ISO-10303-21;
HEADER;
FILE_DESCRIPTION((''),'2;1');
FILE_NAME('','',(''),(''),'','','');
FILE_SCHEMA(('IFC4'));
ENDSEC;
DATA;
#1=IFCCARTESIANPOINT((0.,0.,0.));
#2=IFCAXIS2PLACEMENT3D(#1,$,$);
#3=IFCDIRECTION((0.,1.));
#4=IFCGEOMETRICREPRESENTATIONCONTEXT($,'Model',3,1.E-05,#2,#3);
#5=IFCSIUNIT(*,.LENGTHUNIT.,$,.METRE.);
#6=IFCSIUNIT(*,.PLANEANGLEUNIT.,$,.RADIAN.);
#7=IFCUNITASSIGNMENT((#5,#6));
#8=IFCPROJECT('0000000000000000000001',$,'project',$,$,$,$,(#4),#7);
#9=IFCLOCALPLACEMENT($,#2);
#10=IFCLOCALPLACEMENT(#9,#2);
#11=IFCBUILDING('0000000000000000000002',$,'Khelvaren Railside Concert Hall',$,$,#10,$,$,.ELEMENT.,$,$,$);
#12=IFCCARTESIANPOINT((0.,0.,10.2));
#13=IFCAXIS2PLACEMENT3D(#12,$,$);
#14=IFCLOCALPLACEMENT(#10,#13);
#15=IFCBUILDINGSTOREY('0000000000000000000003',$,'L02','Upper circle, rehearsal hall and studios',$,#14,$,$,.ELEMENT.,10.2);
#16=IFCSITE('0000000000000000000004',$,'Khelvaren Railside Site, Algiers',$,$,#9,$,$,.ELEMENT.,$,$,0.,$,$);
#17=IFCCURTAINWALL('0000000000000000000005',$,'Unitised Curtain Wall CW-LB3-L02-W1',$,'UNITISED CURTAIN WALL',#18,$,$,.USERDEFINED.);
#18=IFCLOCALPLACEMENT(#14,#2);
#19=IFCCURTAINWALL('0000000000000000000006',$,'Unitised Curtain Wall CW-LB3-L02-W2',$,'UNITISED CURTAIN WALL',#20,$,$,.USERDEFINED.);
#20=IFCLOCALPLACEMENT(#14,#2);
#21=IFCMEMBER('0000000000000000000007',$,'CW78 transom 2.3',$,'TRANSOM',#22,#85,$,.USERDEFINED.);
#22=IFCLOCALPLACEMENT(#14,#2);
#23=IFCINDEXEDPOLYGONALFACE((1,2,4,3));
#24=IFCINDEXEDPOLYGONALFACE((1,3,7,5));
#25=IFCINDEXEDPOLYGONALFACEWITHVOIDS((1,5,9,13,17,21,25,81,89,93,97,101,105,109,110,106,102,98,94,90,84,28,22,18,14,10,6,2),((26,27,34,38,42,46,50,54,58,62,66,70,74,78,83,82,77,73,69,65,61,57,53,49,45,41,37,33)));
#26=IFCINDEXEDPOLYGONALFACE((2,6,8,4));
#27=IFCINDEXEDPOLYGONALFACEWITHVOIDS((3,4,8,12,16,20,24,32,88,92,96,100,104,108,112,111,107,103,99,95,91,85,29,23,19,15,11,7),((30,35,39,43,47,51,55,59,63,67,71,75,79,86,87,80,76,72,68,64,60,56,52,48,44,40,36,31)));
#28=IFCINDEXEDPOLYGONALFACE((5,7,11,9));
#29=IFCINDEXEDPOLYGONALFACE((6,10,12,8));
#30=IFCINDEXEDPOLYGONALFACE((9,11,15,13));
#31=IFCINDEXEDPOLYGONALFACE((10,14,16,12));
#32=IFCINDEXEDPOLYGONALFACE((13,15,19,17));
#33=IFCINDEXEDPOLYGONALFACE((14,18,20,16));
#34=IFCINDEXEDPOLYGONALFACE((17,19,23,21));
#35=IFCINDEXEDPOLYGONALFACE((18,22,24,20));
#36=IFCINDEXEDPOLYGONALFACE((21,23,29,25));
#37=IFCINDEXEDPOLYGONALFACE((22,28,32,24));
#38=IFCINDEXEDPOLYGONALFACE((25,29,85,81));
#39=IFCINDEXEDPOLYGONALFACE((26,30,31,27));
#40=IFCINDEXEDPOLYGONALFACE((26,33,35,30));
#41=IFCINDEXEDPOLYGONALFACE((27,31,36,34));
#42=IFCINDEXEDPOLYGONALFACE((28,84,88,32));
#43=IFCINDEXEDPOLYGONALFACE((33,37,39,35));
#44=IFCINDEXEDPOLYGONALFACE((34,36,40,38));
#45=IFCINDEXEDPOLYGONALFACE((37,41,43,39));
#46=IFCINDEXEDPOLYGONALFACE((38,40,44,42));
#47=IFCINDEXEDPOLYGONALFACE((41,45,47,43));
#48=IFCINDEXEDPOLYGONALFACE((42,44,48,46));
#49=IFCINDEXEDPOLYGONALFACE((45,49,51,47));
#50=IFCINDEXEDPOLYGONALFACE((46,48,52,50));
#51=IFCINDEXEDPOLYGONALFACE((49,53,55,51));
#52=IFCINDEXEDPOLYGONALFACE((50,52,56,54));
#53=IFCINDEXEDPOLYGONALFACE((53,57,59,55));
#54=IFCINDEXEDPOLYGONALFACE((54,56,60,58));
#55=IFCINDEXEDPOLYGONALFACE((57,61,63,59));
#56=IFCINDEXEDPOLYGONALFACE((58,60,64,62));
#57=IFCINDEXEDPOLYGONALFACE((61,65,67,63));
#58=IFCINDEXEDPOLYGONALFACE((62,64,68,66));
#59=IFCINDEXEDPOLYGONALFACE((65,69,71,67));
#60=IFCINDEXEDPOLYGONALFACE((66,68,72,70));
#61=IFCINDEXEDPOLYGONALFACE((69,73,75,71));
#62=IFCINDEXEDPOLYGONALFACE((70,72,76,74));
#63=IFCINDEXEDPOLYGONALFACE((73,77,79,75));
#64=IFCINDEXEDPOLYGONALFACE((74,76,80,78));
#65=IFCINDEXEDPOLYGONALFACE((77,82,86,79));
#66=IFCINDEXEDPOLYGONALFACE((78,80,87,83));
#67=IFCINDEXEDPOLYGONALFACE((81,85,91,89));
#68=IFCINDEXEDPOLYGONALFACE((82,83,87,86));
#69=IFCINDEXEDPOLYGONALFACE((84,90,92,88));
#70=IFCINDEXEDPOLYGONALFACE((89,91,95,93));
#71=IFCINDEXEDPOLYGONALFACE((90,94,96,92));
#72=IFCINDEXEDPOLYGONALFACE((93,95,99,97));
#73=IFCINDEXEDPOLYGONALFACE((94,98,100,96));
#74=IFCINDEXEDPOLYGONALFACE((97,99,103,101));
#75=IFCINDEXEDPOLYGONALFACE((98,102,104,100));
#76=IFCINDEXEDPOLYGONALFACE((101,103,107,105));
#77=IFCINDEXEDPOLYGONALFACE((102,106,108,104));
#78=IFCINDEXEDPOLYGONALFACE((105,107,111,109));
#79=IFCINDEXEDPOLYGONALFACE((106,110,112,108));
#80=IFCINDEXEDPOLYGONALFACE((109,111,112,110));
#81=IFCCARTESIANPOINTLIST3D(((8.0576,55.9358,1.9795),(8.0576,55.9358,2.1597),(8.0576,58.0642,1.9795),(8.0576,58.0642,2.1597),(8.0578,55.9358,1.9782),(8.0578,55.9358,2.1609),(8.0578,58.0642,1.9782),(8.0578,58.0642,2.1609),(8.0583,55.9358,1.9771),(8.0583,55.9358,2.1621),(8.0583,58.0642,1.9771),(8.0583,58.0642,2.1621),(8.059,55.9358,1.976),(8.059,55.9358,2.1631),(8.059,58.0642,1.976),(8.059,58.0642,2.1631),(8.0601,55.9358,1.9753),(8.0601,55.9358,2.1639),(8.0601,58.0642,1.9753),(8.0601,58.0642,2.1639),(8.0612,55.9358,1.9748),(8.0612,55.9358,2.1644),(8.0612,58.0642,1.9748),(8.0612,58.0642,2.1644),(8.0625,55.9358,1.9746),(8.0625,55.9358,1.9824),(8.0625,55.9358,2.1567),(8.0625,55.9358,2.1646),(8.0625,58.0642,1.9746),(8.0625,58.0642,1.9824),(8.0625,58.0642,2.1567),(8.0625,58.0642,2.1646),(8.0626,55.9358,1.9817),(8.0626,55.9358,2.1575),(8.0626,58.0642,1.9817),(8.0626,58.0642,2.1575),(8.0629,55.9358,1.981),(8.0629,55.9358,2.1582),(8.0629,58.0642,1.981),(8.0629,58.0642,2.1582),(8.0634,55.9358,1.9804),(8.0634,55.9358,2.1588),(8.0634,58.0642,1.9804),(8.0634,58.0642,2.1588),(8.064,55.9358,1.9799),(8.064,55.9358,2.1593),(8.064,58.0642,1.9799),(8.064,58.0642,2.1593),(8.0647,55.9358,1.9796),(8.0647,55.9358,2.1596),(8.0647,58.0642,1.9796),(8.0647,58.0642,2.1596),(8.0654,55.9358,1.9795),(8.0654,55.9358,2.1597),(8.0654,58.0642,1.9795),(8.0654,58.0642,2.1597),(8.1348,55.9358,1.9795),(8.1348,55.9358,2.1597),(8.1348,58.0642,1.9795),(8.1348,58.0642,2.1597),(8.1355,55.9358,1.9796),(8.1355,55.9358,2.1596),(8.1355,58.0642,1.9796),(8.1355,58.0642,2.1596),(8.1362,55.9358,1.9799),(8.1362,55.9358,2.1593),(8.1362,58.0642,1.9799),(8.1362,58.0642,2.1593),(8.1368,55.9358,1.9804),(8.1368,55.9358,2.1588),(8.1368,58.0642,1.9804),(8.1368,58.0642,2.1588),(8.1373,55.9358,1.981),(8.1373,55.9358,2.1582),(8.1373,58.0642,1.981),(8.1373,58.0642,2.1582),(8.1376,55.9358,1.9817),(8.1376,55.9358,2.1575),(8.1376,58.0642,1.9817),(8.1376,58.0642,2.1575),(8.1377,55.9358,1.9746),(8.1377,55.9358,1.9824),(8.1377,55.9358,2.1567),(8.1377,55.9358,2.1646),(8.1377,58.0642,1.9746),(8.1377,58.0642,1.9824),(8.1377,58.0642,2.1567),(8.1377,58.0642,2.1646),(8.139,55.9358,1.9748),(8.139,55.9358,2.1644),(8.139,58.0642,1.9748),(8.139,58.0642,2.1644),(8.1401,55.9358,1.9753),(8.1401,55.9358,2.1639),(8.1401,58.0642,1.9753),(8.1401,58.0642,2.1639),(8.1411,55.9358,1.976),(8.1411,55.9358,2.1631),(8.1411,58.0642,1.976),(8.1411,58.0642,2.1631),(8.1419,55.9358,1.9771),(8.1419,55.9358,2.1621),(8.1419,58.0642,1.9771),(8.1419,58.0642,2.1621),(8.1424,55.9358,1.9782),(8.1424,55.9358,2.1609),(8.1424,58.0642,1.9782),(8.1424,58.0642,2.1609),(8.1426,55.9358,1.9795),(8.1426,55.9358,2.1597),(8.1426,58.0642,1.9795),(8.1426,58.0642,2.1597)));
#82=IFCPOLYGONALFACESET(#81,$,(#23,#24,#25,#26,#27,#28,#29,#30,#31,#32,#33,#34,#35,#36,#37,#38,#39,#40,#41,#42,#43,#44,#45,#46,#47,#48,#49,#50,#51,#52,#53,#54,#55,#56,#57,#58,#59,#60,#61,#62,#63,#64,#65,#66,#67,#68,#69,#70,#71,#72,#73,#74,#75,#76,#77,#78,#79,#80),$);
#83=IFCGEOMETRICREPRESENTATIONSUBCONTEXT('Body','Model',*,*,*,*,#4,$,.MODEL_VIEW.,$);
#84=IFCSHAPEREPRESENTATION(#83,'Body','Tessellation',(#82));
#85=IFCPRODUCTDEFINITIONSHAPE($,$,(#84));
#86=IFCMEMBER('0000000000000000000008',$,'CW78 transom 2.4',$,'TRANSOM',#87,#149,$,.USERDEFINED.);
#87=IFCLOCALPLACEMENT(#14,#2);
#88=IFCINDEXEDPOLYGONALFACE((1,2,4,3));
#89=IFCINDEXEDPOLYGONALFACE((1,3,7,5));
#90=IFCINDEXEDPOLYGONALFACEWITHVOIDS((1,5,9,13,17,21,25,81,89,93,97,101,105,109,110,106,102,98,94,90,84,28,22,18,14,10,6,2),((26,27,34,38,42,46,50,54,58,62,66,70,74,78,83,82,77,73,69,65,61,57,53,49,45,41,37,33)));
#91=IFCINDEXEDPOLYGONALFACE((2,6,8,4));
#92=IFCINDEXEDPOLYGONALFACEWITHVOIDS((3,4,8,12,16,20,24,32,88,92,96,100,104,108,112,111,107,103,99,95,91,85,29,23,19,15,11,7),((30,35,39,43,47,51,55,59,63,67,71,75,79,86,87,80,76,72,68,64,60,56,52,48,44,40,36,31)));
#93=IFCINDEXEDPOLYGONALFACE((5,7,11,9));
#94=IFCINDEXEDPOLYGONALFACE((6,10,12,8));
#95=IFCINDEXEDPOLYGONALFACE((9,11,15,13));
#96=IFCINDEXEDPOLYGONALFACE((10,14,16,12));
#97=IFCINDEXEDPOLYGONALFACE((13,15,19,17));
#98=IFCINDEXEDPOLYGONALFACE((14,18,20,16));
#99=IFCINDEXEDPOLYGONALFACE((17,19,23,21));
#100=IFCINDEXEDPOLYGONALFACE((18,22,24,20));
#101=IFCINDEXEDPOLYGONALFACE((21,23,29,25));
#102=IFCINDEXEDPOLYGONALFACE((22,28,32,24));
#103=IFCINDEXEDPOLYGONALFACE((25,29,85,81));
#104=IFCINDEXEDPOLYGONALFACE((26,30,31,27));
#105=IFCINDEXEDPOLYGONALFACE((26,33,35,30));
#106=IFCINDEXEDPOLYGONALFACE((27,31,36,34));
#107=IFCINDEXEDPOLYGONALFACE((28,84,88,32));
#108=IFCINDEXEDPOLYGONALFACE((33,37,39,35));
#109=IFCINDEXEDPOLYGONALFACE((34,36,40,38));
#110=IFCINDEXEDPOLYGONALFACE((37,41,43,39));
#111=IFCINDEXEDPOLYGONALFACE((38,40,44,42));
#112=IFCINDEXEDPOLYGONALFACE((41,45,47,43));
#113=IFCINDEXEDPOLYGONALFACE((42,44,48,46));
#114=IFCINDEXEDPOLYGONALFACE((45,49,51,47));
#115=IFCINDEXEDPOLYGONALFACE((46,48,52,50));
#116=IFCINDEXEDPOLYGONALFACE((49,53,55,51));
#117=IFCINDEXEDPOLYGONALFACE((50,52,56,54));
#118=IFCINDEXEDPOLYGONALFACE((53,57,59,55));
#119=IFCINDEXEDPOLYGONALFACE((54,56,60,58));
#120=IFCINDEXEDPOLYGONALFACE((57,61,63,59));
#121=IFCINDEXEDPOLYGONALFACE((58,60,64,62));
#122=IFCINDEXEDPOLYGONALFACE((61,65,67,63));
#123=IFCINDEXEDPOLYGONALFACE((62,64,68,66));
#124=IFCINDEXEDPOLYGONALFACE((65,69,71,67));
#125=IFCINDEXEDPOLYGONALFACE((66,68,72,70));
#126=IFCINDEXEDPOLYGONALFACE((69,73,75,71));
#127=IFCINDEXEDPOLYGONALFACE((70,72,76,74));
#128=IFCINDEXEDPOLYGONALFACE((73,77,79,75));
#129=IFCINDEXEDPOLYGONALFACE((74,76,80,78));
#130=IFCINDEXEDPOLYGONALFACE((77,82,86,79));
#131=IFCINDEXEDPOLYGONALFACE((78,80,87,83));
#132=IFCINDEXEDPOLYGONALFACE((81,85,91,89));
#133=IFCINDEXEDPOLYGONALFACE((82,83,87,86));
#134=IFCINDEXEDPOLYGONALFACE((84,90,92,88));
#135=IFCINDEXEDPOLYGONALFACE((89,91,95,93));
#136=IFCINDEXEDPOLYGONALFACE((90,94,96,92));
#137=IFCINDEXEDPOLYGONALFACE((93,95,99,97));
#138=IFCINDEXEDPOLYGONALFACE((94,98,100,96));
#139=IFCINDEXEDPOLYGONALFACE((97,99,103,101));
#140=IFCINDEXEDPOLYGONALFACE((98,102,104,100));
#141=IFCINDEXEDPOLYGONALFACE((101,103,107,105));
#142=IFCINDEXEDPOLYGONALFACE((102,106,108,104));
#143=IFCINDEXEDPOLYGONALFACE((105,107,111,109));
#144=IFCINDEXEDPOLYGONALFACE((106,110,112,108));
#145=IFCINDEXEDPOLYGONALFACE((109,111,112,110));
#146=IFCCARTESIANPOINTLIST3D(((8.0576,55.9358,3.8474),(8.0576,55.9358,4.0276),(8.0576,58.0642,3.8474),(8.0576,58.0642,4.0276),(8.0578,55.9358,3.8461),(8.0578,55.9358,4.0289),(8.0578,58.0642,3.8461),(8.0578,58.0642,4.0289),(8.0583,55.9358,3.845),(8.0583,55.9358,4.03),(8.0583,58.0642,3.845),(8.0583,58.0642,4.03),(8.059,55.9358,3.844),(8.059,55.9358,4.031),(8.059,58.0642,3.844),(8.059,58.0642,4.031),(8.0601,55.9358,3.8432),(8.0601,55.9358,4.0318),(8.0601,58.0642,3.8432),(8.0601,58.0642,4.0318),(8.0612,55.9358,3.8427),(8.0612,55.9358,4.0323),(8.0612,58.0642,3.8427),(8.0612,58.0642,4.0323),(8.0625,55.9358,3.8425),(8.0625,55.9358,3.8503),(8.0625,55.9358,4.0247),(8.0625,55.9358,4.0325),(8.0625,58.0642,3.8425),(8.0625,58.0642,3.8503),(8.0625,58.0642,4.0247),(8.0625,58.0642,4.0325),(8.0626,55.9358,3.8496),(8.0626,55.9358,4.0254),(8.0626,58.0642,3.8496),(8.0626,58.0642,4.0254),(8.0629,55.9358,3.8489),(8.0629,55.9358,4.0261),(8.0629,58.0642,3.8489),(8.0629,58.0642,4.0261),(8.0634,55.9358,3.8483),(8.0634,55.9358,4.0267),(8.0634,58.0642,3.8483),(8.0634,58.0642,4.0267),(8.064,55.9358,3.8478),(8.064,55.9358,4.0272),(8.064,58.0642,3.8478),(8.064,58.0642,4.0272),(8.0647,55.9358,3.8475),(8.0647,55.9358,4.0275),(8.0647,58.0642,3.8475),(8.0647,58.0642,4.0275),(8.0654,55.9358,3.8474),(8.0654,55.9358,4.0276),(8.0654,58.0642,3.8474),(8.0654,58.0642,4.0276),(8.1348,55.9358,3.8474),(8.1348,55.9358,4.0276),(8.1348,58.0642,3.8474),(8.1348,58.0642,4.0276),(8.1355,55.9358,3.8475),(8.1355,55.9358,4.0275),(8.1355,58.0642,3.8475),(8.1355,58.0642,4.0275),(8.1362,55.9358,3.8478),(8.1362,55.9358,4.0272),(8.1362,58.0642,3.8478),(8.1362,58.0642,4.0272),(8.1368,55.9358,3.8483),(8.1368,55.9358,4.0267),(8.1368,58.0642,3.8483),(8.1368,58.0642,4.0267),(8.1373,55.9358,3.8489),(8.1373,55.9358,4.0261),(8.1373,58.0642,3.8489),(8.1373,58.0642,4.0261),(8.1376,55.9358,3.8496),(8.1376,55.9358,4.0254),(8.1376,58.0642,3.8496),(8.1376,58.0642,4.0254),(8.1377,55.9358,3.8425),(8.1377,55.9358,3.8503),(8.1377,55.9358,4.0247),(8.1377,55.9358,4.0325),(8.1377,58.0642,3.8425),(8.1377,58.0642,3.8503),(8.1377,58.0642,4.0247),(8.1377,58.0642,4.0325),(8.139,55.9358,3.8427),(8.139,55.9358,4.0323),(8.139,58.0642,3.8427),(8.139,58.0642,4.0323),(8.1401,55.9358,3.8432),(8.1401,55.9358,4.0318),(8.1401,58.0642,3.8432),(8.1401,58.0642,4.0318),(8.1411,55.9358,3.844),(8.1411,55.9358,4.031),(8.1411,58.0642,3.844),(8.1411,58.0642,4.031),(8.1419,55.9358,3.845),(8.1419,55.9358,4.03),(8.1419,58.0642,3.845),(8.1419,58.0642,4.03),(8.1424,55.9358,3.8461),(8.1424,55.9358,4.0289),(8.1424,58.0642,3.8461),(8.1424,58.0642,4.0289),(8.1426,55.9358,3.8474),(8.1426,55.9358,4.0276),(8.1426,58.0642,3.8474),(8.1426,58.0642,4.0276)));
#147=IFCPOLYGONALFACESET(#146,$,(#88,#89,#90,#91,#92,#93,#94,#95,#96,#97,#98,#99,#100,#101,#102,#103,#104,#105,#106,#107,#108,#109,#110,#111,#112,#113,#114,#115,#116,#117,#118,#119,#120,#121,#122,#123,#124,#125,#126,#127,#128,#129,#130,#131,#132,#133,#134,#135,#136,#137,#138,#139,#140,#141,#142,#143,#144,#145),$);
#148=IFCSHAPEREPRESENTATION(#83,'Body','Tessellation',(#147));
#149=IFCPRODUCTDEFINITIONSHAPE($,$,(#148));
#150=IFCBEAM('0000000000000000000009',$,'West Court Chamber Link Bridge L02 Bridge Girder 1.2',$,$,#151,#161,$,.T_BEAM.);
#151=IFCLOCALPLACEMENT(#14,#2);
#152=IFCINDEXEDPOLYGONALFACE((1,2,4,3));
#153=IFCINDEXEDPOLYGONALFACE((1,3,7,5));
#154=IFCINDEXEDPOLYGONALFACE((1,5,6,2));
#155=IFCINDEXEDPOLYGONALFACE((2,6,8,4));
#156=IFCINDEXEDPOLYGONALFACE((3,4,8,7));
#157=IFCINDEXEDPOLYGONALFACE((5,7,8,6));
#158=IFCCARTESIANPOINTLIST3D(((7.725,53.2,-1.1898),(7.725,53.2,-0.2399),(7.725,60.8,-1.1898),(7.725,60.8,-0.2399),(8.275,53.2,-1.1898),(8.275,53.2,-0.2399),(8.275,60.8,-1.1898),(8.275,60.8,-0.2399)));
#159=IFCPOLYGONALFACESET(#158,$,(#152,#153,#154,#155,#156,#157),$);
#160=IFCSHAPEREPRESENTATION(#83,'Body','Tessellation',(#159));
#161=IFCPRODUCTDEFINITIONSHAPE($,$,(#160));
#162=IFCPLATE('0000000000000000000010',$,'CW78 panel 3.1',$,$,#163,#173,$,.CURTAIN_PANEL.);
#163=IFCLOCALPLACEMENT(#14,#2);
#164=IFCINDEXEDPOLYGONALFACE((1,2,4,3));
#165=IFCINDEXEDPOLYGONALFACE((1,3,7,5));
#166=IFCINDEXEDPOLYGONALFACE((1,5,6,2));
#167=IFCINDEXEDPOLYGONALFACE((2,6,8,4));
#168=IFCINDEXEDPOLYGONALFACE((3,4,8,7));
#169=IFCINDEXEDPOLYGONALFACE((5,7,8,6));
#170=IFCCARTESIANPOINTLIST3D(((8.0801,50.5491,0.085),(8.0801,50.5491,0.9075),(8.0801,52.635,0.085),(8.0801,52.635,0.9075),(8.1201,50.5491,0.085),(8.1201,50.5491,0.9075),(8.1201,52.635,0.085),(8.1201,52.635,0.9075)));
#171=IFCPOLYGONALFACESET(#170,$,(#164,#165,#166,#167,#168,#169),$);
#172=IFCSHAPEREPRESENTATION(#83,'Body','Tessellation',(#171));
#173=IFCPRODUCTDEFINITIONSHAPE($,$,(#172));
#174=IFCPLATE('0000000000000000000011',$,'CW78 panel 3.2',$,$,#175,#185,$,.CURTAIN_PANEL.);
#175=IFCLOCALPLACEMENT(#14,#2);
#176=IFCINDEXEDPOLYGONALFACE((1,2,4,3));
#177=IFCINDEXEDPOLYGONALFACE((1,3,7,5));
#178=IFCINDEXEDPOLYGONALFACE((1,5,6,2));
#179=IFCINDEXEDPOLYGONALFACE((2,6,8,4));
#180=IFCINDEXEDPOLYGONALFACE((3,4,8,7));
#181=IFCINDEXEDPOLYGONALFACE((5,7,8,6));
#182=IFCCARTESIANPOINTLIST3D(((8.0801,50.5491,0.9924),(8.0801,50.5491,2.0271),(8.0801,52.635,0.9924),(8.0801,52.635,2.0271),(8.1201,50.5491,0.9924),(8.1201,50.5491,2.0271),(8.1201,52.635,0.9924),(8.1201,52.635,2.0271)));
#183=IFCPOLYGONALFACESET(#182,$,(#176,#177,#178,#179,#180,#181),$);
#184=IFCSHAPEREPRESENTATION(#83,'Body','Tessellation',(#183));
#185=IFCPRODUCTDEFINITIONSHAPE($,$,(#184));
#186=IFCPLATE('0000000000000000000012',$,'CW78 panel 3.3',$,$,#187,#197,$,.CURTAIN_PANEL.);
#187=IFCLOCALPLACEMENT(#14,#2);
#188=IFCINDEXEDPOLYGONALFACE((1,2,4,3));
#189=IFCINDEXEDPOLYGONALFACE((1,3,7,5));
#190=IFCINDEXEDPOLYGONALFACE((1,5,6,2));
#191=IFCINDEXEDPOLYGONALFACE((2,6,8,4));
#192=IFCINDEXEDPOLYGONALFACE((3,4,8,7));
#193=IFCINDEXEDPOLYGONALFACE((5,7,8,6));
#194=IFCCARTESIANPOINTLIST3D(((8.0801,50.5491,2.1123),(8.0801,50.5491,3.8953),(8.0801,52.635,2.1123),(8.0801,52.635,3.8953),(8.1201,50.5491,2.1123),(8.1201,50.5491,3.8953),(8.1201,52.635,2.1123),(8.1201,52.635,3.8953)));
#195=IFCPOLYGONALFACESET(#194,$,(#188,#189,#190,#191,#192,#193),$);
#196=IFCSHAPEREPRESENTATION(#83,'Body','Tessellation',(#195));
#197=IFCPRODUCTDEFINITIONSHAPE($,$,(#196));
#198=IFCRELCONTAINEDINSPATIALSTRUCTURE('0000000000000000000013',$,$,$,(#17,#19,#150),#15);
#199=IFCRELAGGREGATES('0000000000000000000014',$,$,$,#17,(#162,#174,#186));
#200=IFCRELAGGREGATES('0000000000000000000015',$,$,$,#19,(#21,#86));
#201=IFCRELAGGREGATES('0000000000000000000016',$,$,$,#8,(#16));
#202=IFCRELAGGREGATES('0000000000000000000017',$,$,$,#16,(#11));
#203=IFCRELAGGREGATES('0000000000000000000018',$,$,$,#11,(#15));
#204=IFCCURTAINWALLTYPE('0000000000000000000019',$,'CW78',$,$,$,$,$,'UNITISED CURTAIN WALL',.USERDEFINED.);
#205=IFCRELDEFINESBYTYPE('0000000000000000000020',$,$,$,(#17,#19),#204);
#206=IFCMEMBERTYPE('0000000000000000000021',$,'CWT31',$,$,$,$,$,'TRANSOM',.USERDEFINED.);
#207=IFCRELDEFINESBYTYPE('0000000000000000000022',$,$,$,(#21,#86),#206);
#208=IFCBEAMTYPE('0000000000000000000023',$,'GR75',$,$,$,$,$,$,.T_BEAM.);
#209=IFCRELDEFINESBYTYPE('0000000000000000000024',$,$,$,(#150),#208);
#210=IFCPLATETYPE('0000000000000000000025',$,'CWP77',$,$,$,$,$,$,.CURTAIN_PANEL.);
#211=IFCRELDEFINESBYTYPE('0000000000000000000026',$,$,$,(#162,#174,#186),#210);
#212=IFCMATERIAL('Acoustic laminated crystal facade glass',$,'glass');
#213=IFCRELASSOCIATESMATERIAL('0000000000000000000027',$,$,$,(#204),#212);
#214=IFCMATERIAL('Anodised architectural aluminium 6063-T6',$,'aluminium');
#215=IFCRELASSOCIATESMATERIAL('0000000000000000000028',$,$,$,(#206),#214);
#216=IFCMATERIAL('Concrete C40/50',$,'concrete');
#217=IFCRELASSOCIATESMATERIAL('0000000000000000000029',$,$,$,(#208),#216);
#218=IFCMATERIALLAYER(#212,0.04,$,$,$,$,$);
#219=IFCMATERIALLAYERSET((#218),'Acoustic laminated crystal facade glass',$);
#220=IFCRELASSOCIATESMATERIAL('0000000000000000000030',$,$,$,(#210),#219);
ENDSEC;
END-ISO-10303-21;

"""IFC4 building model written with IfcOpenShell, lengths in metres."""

from ifc_helpers import new_model, si_unit, direction, frame, origin, origin_2d, place, context, subcontext, project, spatial, rectangle, hollow_rectangle, extrude, material, layer, layer_set, material_profile, profile_set, type_object, element, aggregate, save


model = new_model("IFC4")

# Units and contexts
model_context = context("Model", 3, precision=1e-05, world=origin(), true_north=direction((0.0, 1.0)))
body_context = subcontext(model_context, "Body", "Model", "MODEL_VIEW")
ifc_project = project(units=[si_unit("LENGTHUNIT", "METRE"), si_unit("PLANEANGLEUNIT", "RADIAN")], contexts=[model_context])

# Site, building, storey
site_placement = place(None, origin())
site = spatial("IfcSite", under=ifc_project, at=site_placement, Name="Khelvaren Railside Site, Algiers", CompositionType="ELEMENT", RefElevation=0.0)
building_placement = place(site_placement, origin())
building = spatial("IfcBuilding", under=site, at=building_placement, Name="Khelvaren Railside Concert Hall", CompositionType="ELEMENT")
storey_placement = place(building_placement, frame((0.0, 0.0, 10.2)))
storey = spatial("IfcBuildingStorey", under=building, at=storey_placement, Name="L02", Description="Upper circle, rehearsal hall and studios", CompositionType="ELEMENT", Elevation=10.2)

# Curtain walls
ifc_material_1 = material(Name="Acoustic laminated crystal facade glass", Category="glass")
curtain_wall_type = type_object("IfcCurtainWallType", Name="CW78", ElementType="UNITISED CURTAIN WALL", PredefinedType="USERDEFINED", material=ifc_material_1)
curtain_wall_1_placement = place(storey_placement, origin())
curtain_wall_1 = element("IfcCurtainWall", 1, at=curtain_wall_1_placement, inside=storey, type_object=curtain_wall_type, Name="Unitised Curtain Wall CW-LB3-L02-W1", ObjectType="UNITISED CURTAIN WALL", PredefinedType="USERDEFINED")
ifc_material_2 = material(Name="Anodised architectural aluminium 6063-T6", Category="aluminium")
curtain_wall_2_placement = place(storey_placement, origin())
curtain_wall_2 = element("IfcCurtainWall", 2, at=curtain_wall_2_placement, inside=storey, type_object=curtain_wall_type, Name="Unitised Curtain Wall CW-LB3-L02-W2", ObjectType="UNITISED CURTAIN WALL", PredefinedType="USERDEFINED")

# Members
ifc_material_profile_1 = material_profile(ifc_material_2, hollow_rectangle(XDim=0.085, YDim=0.1899, WallThickness=0.0049, InnerFilletRadius=0.0029, OuterFilletRadius=0.0049, at=origin_2d()), Name="CWT 85x190x5")
ifc_profile_set_1 = profile_set([ifc_material_profile_1], Name="Anodised architectural aluminium 6063-T6")
member_type_1 = type_object("IfcMemberType", Name="CWT31", ElementType="TRANSOM", PredefinedType="USERDEFINED", material=ifc_profile_set_1)
member_1_placement = place(storey_placement, frame((8.1001, 55.9358, 2.0696), z_axis=(0.0, 1.0, 0.0), x_axis=(-1.0, 0.0, 0.0)))
member_1 = element("IfcMember", 3, at=member_1_placement, type_object=member_type_1, Name="CW78 transom 2.3", ObjectType="TRANSOM", PredefinedType="USERDEFINED", context=body_context, shape_type="SweptSolid", body=[
    extrude(hollow_rectangle(XDim=0.085, YDim=0.1899, WallThickness=0.0049, InnerFilletRadius=0.0029, OuterFilletRadius=0.0049, at=origin_2d()), origin(), (0.0, 0.0, 1.0), 2.1284),
])
member_2_placement = place(storey_placement, frame((8.1001, 55.9358, 3.9375), z_axis=(0.0, 1.0, 0.0), x_axis=(-1.0, 0.0, 0.0)))
member_2 = element("IfcMember", 4, at=member_2_placement, type_object=member_type_1, Name="CW78 transom 2.4", ObjectType="TRANSOM", PredefinedType="USERDEFINED", context=body_context, shape_type="SweptSolid", body=[
    extrude(hollow_rectangle(XDim=0.085, YDim=0.1899, WallThickness=0.0049, InnerFilletRadius=0.0029, OuterFilletRadius=0.0049, at=origin_2d()), origin(), (0.0, 0.0, 1.0), 2.1284),
])

# Beam
ifc_material_3 = material(Name="Concrete C40/50", Category="concrete")
ifc_material_profile_2 = material_profile(ifc_material_3, rectangle(XDim=0.55, YDim=0.95, at=origin_2d()), Name="RCB 550x950")
ifc_profile_set_2 = profile_set([ifc_material_profile_2], Name="Concrete C40/50")
beam_type = type_object("IfcBeamType", Name="GR75", PredefinedType="T_BEAM", material=ifc_profile_set_2)
beam_placement = place(storey_placement, frame((8.0, 53.2, -0.7148), z_axis=(0.0, 1.0, 0.0), x_axis=(-1.0, 0.0, 0.0)))
element("IfcBeam", 5, at=beam_placement, inside=storey, type_object=beam_type, Name="West Court Chamber Link Bridge L02 Bridge Girder 1.2", PredefinedType="T_BEAM", context=body_context, shape_type="SweptSolid", body=[
    extrude(rectangle(XDim=0.55, YDim=0.95, at=origin_2d()), origin(), (0.0, 0.0, 1.0), 7.6001),
])

# Plates
ifc_layer = layer(ifc_material_1, 0.04)
ifc_layer_set = layer_set([ifc_layer], Name="Acoustic laminated crystal facade glass")
plate_type = type_object("IfcPlateType", Name="CWP77", PredefinedType="CURTAIN_PANEL", material=ifc_layer_set)
plate_1_placement = place(storey_placement, frame((8.1001, 51.592, 0.085), z_axis=(0.0, 0.0, 1.0), x_axis=(0.0, 1.0, 0.0)))
plate_1 = element("IfcPlate", 6, at=plate_1_placement, type_object=plate_type, Name="CW78 panel 3.1", PredefinedType="CURTAIN_PANEL", context=body_context, shape_type="SweptSolid", body=[
    extrude(rectangle(XDim=2.0859, YDim=0.04, at=origin_2d()), origin(), (0.0, 0.0, 1.0), 0.8225),
])
plate_2_placement = place(storey_placement, frame((8.1001, 51.592, 0.9924), z_axis=(0.0, 0.0, 1.0), x_axis=(0.0, 1.0, 0.0)))
plate_2 = element("IfcPlate", 7, at=plate_2_placement, type_object=plate_type, Name="CW78 panel 3.2", PredefinedType="CURTAIN_PANEL", context=body_context, shape_type="SweptSolid", body=[
    extrude(rectangle(XDim=2.0859, YDim=0.04, at=origin_2d()), origin(), (0.0, 0.0, 1.0), 1.0347),
])
plate_3_placement = place(storey_placement, frame((8.1001, 51.592, 2.1123), z_axis=(0.0, 0.0, 1.0), x_axis=(0.0, 1.0, 0.0)))
plate_3 = element("IfcPlate", 8, at=plate_3_placement, type_object=plate_type, Name="CW78 panel 3.3", PredefinedType="CURTAIN_PANEL", context=body_context, shape_type="SweptSolid", body=[
    extrude(rectangle(XDim=2.0859, YDim=0.04, at=origin_2d()), origin(), (0.0, 0.0, 1.0), 1.783),
])
aggregate(curtain_wall_1, [plate_1, plate_2, plate_3])
aggregate(curtain_wall_2, [member_1, member_2])

save(model, "model.ifc")
